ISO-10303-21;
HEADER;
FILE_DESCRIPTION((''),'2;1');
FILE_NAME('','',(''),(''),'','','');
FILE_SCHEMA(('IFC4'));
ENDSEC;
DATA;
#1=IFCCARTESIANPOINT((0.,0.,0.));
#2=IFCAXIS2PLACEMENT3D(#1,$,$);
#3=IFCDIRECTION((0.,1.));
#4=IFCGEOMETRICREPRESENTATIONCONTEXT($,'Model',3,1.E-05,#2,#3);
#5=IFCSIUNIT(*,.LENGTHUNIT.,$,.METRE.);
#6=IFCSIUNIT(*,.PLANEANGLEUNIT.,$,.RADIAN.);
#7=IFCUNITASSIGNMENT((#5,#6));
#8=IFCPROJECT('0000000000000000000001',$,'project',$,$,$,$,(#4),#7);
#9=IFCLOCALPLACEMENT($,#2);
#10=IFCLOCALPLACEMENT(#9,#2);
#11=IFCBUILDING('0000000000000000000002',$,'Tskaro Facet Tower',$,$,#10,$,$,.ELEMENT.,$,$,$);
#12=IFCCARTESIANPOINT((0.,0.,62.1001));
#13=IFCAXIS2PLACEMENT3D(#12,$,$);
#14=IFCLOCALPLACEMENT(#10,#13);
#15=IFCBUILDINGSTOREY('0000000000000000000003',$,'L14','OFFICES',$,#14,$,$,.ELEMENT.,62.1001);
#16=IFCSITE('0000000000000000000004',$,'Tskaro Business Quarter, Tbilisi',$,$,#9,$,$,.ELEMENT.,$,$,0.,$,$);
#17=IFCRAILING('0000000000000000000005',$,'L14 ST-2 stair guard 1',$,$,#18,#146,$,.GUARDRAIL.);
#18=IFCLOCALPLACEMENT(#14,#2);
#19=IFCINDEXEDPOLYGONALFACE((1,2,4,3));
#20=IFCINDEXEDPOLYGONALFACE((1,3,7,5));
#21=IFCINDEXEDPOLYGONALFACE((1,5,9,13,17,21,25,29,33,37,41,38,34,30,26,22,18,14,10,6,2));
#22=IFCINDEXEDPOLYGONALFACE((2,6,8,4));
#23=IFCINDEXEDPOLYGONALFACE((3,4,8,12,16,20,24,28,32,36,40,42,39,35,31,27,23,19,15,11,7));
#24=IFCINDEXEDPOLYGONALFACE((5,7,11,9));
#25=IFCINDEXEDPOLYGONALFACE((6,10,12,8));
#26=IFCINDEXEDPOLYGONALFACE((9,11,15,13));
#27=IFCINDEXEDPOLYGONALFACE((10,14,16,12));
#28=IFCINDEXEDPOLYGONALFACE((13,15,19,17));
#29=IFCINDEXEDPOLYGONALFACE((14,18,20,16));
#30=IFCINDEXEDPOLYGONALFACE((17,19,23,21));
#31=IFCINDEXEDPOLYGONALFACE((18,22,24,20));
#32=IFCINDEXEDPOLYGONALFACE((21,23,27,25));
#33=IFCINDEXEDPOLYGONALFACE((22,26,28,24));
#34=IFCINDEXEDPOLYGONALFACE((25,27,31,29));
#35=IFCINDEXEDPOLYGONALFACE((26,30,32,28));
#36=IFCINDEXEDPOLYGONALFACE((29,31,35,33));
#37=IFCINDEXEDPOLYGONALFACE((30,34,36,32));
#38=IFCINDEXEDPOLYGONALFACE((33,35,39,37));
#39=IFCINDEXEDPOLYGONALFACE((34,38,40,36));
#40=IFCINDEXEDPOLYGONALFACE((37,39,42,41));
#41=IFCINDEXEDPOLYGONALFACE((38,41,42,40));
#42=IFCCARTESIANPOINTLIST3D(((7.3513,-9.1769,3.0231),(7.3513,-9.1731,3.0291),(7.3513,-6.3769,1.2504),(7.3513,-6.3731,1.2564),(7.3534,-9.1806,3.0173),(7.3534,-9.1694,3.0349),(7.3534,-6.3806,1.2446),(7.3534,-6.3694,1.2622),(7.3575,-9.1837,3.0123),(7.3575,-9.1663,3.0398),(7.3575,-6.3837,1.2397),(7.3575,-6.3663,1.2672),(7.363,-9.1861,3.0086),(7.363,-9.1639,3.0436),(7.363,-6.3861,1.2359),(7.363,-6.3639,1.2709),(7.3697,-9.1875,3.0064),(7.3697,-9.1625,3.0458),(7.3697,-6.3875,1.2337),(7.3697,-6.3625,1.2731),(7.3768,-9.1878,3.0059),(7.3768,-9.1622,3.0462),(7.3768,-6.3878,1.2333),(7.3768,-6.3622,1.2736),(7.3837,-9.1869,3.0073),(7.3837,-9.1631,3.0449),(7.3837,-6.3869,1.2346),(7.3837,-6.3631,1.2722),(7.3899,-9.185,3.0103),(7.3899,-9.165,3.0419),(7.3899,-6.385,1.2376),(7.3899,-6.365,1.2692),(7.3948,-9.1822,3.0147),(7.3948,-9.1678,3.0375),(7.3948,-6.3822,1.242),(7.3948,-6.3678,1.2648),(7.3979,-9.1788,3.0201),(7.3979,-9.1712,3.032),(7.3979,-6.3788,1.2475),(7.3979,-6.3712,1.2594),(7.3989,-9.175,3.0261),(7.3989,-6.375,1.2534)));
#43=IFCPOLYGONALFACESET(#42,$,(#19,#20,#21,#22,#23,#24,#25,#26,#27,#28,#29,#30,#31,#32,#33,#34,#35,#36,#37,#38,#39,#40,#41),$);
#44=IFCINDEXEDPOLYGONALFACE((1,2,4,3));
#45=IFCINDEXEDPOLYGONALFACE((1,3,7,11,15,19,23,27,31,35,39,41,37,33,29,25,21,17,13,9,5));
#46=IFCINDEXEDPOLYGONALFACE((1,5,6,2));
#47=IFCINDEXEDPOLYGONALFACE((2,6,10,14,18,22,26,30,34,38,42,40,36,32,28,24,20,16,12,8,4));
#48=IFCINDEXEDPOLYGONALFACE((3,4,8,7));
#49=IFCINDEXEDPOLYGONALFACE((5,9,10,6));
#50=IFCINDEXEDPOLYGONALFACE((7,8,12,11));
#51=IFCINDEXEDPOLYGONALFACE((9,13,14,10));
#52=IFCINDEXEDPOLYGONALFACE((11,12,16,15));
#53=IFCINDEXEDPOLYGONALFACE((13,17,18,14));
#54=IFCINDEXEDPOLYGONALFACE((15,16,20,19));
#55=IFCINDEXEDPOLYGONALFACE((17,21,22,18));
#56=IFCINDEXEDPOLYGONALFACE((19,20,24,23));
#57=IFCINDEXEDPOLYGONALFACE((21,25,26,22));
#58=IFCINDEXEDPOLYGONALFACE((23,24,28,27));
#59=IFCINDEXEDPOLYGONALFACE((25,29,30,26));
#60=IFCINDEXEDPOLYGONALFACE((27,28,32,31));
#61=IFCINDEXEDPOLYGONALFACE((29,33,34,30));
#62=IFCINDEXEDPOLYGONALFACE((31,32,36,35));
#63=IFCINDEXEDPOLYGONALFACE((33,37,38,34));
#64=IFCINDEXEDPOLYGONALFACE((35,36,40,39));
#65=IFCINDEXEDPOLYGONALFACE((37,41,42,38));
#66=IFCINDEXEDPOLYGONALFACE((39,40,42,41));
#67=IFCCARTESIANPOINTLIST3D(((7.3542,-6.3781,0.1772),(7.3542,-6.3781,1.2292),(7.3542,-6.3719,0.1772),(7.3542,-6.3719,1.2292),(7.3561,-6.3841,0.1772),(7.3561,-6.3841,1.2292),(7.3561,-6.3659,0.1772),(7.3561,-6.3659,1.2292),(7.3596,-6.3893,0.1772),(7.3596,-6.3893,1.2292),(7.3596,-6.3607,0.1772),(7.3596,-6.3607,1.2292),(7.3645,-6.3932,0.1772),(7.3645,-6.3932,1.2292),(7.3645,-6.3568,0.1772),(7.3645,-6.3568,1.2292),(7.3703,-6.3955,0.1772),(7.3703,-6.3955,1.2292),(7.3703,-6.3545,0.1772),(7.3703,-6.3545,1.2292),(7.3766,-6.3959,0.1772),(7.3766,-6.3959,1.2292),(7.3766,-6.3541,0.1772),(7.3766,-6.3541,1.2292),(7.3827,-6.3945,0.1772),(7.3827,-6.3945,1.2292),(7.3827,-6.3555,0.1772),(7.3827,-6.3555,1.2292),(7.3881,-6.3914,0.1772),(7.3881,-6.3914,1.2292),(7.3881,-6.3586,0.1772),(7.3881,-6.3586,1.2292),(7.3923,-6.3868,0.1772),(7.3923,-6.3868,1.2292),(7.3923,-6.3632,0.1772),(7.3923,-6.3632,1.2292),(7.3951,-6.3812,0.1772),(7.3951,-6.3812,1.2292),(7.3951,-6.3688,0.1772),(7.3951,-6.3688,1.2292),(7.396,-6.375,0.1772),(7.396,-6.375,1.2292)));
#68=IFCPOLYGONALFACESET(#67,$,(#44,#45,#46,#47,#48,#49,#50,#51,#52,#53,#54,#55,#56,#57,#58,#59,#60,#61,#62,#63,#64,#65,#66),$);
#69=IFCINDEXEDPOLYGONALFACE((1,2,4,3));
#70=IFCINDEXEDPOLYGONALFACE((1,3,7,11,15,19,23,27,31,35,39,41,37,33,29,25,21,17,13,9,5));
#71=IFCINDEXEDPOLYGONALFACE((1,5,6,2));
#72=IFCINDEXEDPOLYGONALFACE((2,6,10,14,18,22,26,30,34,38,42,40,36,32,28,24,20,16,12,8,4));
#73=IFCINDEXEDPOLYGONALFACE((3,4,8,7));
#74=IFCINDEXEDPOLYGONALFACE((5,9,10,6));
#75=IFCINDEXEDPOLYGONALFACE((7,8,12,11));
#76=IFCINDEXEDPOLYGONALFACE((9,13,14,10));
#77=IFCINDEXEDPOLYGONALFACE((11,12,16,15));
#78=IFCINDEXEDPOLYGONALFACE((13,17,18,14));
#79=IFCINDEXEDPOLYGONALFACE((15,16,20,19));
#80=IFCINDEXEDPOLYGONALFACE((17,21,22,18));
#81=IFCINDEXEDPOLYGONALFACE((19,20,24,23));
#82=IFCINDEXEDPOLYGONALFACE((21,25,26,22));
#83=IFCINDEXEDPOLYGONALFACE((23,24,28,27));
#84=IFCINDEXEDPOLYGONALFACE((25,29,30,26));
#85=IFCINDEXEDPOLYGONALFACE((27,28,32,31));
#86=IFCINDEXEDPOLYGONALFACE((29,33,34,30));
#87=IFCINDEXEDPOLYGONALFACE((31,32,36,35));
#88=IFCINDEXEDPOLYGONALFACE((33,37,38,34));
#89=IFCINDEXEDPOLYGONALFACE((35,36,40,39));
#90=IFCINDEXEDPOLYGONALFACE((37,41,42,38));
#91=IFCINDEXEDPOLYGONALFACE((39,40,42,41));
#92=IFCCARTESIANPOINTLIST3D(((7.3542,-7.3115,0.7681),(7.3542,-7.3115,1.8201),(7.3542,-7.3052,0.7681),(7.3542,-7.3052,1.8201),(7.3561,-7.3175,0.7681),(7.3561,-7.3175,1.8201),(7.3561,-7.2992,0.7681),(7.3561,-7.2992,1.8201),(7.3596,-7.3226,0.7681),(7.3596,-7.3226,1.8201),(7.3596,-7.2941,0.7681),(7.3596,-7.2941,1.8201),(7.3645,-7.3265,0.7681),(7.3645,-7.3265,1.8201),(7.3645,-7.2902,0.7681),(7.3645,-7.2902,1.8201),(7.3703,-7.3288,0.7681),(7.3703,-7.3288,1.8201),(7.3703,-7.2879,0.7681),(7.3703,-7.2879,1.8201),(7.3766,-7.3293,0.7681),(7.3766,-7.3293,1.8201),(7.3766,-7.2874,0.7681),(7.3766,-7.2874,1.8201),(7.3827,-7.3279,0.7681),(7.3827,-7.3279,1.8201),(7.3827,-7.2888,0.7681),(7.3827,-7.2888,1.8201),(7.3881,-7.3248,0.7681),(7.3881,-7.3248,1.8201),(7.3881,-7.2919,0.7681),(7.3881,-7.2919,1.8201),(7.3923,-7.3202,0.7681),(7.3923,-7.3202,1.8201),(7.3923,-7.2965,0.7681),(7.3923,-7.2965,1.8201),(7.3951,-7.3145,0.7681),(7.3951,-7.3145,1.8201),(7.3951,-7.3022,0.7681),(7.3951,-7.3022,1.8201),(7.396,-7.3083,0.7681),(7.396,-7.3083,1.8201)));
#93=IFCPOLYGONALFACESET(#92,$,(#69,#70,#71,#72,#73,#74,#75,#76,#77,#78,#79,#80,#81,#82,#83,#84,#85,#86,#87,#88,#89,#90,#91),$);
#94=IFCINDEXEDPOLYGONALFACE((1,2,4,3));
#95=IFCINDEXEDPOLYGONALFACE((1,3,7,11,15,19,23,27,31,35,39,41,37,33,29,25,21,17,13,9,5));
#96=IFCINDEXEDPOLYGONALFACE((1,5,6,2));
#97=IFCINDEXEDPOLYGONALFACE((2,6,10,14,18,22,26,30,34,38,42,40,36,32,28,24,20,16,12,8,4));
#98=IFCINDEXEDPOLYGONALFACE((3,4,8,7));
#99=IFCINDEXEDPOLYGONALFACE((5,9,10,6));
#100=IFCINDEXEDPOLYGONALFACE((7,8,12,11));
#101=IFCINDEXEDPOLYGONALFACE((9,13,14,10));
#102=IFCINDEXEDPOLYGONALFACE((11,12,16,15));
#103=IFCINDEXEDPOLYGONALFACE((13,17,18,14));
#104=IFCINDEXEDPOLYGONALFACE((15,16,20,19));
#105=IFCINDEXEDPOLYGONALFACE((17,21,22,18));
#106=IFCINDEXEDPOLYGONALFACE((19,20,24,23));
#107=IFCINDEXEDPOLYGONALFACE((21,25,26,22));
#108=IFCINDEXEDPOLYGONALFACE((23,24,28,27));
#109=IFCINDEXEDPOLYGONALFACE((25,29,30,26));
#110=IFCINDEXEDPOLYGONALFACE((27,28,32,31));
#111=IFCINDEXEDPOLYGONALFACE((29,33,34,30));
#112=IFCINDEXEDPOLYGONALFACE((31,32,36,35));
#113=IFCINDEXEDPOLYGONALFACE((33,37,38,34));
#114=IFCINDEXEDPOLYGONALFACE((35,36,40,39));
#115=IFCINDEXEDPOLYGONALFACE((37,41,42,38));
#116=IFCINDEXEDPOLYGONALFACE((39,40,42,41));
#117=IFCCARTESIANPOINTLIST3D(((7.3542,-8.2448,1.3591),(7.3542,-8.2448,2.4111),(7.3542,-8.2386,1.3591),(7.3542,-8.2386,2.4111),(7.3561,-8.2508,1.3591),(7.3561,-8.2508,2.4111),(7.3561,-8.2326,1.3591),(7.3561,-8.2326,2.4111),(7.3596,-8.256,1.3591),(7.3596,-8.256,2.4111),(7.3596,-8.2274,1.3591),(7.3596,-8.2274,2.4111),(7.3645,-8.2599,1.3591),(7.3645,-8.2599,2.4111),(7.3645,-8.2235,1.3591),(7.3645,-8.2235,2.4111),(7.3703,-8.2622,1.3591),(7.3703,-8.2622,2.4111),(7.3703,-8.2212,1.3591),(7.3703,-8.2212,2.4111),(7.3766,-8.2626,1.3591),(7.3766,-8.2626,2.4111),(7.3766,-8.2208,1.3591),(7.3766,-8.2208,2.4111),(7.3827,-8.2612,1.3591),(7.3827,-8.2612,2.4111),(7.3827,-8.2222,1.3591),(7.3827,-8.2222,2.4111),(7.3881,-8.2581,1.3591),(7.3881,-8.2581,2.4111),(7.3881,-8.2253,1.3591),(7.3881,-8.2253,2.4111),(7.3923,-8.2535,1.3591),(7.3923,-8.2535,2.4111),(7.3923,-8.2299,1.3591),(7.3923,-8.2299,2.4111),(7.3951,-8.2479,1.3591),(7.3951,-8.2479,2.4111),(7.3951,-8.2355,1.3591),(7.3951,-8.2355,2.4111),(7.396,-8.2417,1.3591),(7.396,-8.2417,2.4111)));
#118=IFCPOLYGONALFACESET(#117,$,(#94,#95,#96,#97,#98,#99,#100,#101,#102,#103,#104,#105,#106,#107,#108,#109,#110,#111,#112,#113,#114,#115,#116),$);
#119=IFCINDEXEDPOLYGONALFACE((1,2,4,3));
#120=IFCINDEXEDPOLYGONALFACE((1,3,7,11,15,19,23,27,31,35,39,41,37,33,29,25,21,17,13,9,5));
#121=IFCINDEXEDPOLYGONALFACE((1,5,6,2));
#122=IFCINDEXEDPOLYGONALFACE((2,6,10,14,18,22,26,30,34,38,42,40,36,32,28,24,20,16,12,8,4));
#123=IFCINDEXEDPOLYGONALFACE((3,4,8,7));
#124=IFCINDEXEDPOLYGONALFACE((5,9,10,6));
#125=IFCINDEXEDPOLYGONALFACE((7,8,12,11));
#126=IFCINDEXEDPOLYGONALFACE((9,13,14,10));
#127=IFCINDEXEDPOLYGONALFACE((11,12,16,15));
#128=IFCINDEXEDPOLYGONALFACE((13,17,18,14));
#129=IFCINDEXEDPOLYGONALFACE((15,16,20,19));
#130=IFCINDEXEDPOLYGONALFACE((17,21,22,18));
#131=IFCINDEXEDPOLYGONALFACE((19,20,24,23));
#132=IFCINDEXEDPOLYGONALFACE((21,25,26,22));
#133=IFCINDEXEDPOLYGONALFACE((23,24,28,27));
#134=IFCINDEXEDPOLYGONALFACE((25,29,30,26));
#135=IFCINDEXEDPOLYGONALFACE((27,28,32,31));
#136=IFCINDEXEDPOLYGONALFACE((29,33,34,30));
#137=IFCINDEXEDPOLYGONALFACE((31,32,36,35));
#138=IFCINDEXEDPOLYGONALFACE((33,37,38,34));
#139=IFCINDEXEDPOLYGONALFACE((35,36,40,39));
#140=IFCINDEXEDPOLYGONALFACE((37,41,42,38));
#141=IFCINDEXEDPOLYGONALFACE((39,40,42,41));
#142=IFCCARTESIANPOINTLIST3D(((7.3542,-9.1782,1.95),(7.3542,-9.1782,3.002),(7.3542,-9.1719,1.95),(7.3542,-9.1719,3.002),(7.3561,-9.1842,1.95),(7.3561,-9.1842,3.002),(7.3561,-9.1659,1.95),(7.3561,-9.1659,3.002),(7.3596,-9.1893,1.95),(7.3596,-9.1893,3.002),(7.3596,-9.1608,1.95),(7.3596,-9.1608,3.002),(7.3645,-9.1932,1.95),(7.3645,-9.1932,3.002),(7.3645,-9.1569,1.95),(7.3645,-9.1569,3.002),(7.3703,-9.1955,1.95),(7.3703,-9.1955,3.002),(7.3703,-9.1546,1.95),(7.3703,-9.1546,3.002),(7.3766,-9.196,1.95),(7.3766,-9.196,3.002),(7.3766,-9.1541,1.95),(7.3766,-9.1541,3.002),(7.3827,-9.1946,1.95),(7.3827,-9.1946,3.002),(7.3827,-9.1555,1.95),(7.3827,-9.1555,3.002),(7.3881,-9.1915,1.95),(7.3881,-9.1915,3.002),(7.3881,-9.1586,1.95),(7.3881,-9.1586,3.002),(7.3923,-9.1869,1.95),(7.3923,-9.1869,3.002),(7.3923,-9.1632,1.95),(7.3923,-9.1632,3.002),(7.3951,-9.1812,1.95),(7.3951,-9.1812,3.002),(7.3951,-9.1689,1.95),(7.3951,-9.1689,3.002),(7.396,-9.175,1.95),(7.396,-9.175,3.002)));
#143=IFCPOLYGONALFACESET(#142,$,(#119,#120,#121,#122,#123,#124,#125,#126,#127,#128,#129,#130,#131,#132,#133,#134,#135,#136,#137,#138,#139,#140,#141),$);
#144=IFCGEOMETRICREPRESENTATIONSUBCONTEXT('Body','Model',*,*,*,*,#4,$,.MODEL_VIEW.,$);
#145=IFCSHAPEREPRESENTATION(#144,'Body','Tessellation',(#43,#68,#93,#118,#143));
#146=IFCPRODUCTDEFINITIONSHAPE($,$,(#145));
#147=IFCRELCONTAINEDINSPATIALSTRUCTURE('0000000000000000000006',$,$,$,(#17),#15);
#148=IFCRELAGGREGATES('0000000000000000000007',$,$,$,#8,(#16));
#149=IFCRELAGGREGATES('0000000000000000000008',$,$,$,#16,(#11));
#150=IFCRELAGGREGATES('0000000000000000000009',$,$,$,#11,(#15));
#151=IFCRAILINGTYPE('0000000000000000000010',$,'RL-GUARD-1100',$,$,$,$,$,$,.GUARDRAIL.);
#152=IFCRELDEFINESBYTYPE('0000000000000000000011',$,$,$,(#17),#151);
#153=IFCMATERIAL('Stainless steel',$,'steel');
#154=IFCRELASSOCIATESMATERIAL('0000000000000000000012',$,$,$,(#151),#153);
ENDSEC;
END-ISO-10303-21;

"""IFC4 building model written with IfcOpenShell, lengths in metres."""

from ifc_helpers import new_model, si_unit, direction, frame, origin, origin_2d, place, context, subcontext, project, spatial, circle, extrude, material, type_object, element, save


model = new_model("IFC4")

# Units and contexts
model_context = context("Model", 3, precision=1e-05, world=origin(), true_north=direction((0.0, 1.0)))
body_context = subcontext(model_context, "Body", "Model", "MODEL_VIEW")
ifc_project = project(units=[si_unit("LENGTHUNIT", "METRE"), si_unit("PLANEANGLEUNIT", "RADIAN")], contexts=[model_context])

# Site, building, storey
site_placement = place(None, origin())
site = spatial("IfcSite", under=ifc_project, at=site_placement, Name="Tskaro Business Quarter, Tbilisi", CompositionType="ELEMENT", RefElevation=0.0)
building_placement = place(site_placement, origin())
building = spatial("IfcBuilding", under=site, at=building_placement, Name="Tskaro Facet Tower", CompositionType="ELEMENT")
storey_placement = place(building_placement, frame((0.0, 0.0, 62.1001)))
storey = spatial("IfcBuildingStorey", under=building, at=storey_placement, Name="L14", Description="OFFICES", CompositionType="ELEMENT", Elevation=62.1001)

# Shared definitions
ifc_material_1 = material(Name="Stainless steel", Category="steel")

# Railing
railing_type_1 = type_object("IfcRailingType", Name="RL-GUARD-1100", PredefinedType="GUARDRAIL", material=ifc_material_1)
railing_1_placement = place(storey_placement, frame((7.375, -6.375, 0.1772)))
element("IfcRailing", 1, at=railing_1_placement, inside=storey, type_object=railing_type_1, Name="L14 ST-2 stair guard 1", PredefinedType="GUARDRAIL", context=body_context, shape_type="SweptSolid", body=[
    extrude(circle(Radius=0.0239, at=origin_2d()), frame((0.0, 0.0, 1.0762), z_axis=(0.0, -0.844909, 0.53491), x_axis=(1.0, 0.0, 0.0)), (0.0, 0.0, 1.0), 3.314),
    extrude(circle(Radius=0.021, at=origin_2d()), origin(), (0.0, 0.0, 1.0), 1.052),
    extrude(circle(Radius=0.021, at=origin_2d()), frame((0.0, -0.9333, 0.5908)), (0.0, 0.0, 1.0), 1.052),
    extrude(circle(Radius=0.021, at=origin_2d()), frame((0.0, -1.8667, 1.1819)), (0.0, 0.0, 1.0), 1.052),
    extrude(circle(Radius=0.021, at=origin_2d()), frame((0.0, -2.8, 1.7727)), (0.0, 0.0, 1.0), 1.052),
])

save(model, "model.ifc")
